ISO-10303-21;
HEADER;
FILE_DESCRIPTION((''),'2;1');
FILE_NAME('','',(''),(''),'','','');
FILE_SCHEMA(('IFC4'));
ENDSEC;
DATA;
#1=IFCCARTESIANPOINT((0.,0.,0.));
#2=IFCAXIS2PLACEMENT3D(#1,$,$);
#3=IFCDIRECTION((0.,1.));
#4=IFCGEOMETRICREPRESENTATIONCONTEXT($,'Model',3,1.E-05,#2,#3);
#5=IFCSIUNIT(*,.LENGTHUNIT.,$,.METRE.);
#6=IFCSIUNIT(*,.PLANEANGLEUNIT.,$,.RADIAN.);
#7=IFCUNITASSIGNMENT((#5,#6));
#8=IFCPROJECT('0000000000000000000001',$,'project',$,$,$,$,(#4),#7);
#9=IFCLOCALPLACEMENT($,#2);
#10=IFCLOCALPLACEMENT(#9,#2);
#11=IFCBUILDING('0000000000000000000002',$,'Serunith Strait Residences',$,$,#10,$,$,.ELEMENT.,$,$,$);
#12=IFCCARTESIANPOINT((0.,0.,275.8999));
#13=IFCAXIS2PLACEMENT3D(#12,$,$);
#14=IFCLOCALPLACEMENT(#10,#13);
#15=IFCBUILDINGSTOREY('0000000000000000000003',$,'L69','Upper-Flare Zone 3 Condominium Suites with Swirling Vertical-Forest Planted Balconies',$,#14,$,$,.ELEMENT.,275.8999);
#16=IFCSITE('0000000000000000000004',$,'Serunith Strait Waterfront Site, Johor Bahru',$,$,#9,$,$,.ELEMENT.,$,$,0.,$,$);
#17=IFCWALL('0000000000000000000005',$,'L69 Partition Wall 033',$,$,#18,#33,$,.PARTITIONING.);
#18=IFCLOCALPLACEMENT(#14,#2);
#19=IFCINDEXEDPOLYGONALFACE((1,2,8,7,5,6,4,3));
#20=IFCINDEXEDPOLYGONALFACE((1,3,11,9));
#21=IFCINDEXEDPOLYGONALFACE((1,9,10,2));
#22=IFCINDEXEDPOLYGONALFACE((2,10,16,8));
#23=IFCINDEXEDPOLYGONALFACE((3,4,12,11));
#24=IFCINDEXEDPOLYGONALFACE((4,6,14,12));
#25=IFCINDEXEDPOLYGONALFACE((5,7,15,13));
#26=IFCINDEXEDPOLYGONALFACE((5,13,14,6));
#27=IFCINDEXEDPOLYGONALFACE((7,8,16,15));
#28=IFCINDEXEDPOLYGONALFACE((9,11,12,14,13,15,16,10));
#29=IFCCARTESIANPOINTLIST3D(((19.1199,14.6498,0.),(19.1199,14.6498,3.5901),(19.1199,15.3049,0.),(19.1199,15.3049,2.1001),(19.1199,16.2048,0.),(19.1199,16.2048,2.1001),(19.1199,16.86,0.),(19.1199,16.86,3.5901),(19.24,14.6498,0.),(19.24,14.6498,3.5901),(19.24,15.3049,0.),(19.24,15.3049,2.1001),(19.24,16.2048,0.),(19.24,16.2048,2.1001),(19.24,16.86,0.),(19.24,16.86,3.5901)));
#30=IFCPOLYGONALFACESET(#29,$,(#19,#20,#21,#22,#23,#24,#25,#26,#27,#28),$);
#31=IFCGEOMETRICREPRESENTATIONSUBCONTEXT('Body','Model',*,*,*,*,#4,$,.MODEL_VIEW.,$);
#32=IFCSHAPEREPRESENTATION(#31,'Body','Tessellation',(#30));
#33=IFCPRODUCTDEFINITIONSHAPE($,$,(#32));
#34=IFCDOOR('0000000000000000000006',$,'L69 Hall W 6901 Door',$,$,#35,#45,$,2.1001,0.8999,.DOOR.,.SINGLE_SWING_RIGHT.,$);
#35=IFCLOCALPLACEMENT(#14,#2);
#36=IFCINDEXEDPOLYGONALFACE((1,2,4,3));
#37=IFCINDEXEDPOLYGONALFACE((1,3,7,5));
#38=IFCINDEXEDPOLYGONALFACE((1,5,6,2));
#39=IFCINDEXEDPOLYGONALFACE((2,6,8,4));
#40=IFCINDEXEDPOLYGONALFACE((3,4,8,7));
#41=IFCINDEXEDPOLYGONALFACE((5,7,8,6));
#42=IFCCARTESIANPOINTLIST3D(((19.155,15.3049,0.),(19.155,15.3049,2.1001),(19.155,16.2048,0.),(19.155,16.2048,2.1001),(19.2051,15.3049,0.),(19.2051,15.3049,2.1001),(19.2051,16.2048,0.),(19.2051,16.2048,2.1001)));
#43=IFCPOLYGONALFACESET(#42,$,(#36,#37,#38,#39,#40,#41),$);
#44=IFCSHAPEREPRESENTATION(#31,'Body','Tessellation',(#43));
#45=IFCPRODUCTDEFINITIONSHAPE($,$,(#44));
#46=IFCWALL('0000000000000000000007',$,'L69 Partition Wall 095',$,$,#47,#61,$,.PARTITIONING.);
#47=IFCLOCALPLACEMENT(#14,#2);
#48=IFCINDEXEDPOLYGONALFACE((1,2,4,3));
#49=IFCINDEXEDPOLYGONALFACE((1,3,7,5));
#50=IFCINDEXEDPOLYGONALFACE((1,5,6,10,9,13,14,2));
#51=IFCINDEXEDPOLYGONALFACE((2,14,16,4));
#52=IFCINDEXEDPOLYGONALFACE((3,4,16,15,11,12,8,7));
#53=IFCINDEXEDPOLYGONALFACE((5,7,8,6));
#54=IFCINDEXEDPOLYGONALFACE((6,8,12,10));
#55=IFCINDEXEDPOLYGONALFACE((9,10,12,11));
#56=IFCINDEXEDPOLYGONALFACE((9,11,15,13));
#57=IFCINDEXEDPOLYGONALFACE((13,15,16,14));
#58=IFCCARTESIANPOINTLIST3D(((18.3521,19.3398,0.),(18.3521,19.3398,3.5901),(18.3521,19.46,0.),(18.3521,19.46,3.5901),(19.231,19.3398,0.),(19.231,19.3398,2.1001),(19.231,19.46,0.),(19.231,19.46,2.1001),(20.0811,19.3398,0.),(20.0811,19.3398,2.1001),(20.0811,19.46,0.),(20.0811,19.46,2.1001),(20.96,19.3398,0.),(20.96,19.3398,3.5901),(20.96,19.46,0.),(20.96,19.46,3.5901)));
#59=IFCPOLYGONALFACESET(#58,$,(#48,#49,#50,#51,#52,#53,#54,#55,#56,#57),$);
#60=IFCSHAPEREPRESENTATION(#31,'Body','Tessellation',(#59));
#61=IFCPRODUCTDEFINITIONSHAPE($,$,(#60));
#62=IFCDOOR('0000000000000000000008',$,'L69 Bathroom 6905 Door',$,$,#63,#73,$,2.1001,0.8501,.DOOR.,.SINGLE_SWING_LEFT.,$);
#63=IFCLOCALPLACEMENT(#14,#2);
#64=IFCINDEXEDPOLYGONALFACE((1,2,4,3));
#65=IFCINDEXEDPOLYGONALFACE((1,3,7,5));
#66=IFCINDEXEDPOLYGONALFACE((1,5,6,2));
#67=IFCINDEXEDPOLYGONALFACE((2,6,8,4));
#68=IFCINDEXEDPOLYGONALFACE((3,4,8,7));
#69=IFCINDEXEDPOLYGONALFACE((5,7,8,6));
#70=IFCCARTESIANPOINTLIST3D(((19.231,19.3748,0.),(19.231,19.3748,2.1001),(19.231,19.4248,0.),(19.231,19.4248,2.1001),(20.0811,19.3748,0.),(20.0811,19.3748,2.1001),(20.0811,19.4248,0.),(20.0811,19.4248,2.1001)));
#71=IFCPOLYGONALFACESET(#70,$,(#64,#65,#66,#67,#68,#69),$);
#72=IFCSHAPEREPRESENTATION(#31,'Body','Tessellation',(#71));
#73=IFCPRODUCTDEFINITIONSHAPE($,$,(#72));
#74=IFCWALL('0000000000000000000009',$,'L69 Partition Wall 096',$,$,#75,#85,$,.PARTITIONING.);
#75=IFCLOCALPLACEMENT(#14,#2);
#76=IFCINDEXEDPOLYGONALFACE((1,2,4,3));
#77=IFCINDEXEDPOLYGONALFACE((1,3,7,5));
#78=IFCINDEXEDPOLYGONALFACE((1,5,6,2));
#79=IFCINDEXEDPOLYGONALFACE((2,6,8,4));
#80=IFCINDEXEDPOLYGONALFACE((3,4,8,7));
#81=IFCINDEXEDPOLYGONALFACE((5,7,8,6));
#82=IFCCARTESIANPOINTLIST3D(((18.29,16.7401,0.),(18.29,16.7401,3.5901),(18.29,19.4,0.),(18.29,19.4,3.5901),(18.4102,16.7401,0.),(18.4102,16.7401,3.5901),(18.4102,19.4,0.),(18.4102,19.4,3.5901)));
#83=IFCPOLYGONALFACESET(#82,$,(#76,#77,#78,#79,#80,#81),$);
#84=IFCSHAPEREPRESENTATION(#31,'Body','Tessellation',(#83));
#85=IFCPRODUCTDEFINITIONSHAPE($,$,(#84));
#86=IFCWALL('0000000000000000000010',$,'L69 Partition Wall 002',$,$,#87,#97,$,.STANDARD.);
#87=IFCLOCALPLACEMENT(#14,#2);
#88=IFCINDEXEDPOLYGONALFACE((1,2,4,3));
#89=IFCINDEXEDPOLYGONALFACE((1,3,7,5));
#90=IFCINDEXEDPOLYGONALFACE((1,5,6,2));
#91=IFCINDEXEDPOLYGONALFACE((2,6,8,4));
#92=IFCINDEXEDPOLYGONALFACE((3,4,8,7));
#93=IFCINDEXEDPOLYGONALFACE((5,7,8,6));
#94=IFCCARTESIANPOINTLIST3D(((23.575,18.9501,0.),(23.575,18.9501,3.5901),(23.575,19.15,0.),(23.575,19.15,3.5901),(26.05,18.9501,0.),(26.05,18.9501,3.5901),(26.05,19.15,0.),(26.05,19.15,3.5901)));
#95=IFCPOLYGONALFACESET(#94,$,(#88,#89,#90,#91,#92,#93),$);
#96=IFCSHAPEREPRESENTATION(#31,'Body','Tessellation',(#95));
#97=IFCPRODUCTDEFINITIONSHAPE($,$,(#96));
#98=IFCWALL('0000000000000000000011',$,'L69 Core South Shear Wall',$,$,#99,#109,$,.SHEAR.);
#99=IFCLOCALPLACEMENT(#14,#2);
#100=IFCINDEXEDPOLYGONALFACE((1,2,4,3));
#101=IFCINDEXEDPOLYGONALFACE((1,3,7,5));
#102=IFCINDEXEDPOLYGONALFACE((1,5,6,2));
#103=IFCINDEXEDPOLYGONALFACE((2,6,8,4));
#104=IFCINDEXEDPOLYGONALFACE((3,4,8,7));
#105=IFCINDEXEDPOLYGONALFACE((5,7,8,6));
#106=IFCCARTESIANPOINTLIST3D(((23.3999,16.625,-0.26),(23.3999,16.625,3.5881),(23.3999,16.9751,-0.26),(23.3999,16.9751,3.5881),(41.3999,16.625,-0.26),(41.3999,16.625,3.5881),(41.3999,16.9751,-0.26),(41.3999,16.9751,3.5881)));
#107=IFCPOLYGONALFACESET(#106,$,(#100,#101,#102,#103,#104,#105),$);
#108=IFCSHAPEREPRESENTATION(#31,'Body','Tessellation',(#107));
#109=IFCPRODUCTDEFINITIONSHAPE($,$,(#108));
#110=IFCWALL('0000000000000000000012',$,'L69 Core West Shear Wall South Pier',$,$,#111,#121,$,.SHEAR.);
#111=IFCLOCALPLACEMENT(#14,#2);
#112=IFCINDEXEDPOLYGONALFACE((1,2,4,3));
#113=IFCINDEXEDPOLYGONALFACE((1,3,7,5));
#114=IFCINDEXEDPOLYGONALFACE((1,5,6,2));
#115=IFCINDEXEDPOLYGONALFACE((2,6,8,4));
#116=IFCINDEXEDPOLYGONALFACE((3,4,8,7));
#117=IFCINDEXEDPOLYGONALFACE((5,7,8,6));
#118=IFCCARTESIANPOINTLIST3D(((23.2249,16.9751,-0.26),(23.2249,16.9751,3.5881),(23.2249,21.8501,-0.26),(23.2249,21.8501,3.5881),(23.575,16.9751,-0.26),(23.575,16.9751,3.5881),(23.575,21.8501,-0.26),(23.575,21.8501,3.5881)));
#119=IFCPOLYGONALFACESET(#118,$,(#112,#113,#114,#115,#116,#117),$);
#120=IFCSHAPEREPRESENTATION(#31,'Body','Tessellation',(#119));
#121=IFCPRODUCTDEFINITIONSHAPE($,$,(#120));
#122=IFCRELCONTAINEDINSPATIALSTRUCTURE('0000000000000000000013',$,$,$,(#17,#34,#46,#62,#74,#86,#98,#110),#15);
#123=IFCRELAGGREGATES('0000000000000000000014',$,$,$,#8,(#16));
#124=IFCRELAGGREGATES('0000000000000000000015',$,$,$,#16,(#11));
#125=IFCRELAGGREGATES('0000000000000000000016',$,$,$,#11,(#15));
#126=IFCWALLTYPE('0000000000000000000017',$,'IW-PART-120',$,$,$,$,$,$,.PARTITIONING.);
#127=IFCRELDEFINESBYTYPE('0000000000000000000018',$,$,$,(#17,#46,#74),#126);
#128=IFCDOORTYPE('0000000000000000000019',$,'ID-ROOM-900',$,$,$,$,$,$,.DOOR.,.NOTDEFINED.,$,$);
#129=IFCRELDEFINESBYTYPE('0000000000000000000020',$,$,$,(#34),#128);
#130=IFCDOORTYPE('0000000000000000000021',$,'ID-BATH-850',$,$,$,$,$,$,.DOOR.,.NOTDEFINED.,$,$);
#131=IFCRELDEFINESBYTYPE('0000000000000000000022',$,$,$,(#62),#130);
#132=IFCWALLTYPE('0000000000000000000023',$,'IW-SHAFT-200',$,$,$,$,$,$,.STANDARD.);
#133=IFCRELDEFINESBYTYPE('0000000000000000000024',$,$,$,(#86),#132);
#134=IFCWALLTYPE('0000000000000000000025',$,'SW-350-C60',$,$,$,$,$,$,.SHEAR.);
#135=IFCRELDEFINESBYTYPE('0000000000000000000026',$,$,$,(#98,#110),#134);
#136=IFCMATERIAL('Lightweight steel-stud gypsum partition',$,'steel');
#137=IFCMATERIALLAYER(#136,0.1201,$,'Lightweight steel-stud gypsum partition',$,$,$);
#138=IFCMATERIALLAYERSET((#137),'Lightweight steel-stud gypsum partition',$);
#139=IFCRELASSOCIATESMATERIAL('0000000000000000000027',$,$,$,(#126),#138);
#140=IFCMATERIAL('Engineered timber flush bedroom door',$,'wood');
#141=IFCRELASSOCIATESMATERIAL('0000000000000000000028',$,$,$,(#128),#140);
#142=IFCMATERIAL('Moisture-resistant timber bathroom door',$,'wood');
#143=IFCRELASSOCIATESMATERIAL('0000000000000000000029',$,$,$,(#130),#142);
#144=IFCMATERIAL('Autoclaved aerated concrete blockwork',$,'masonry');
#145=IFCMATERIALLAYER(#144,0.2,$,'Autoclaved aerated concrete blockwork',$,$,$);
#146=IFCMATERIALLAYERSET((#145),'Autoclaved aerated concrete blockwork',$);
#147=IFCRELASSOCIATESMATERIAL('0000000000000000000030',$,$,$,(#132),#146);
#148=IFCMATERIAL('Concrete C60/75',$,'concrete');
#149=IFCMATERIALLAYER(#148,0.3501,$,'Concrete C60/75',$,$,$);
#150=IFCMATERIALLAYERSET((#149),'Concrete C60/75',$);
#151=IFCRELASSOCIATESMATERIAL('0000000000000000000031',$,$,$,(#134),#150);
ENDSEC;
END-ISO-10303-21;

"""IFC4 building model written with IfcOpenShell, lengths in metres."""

from ifc_helpers import new_model, si_unit, direction, frame, frame_2d, origin, place, context, subcontext, project, spatial, rectangle, extrude, source, transform, mapped, material, layer, layer_set, type_object, element, fill, save


model = new_model("IFC4")

# Units and contexts
model_context = context("Model", 3, precision=1e-05, world=origin(), true_north=direction((0.0, 1.0)))
body_context = subcontext(model_context, "Body", "Model", "MODEL_VIEW")
ifc_project = project(units=[si_unit("LENGTHUNIT", "METRE"), si_unit("PLANEANGLEUNIT", "RADIAN")], contexts=[model_context])

# Site, building, storey
site_placement = place(None, origin())
site = spatial("IfcSite", under=ifc_project, at=site_placement, Name="Serunith Strait Waterfront Site, Johor Bahru", CompositionType="ELEMENT", RefElevation=0.0)
building_placement = place(site_placement, origin())
building = spatial("IfcBuilding", under=site, at=building_placement, Name="Serunith Strait Residences", CompositionType="ELEMENT")
storey_placement = place(building_placement, frame((0.0, 0.0, 275.8999)))
storey = spatial("IfcBuildingStorey", under=building, at=storey_placement, Name="L69", Description="Upper-Flare Zone 3 Condominium Suites with Swirling Vertical-Forest Planted Balconies", CompositionType="ELEMENT", Elevation=275.8999)

# Walls, openings, doors
ifc_material_1 = material(Name="Lightweight steel-stud gypsum partition", Category="steel")
ifc_layer_1 = layer(ifc_material_1, 0.1201, Name="Lightweight steel-stud gypsum partition")
ifc_layer_set_1 = layer_set([ifc_layer_1], Name="Lightweight steel-stud gypsum partition")
wall_type_1 = type_object("IfcWallType", Name="IW-PART-120", PredefinedType="PARTITIONING", material=ifc_layer_set_1)
wall_1_placement = place(storey_placement, frame((19.1799, 14.6499, 0.0), z_axis=(0.0, 0.0, 1.0), x_axis=(0.0, 1.0, 0.0)))
wall_1 = element("IfcWall", 1, at=wall_1_placement, inside=storey, type_object=wall_type_1, Name="L69 Partition Wall 033", PredefinedType="PARTITIONING", context=body_context, shape_type="SweptSolid", body=[
    extrude(rectangle(XDim=2.2102, YDim=0.1201, at=frame_2d((1.105, 0.0))), origin(), (0.0, 0.0, 1.0), 3.5901),
])
opening_1_placement = place(wall_1_placement, frame((0.655, 0.0, 0.0)))
opening_1 = element("IfcOpeningElement", 2, at=opening_1_placement, cuts=wall_1, PredefinedType="OPENING", context=body_context, shape_type="SweptSolid", body=[
    extrude(rectangle(XDim=0.8999, YDim=2.1001, at=frame_2d((0.45, 1.05))), frame((0.0, 0.0701, 0.0), z_axis=(0.0, -1.0, 0.0), x_axis=(1.0, 0.0, 0.0)), (0.0, 0.0, 1.0), 0.1401),
])
ifc_material_2 = material(Name="Engineered timber flush bedroom door", Category="wood")
door_type_1 = type_object("IfcDoorType", Name="ID-ROOM-900", OperationType="NOTDEFINED", PredefinedType="DOOR", material=ifc_material_2)
shared_shape_1 = source(origin(), body_context, "Body", "SweptSolid", [
    extrude(rectangle(XDim=0.8999, YDim=2.1001, at=frame_2d((0.45, 1.05))), frame((0.0, 0.0249, 0.0), z_axis=(0.0, -1.0, 0.0), x_axis=(1.0, 0.0, 0.0)), (0.0, 0.0, 1.0), 0.05),
])
door_1_placement = place(opening_1_placement, origin())
door_1 = element("IfcDoor", 3, at=door_1_placement, inside=storey, type_object=door_type_1, Name="L69 Hall W 6901 Door", OperationType="SINGLE_SWING_RIGHT", OverallHeight=2.1001, OverallWidth=0.8999, PredefinedType="DOOR", context=body_context, shape_type="MappedRepresentation", body=[
    mapped(shared_shape_1, transform((0.0, 0.0, 0.0), scale=1.0)),
])
fill(opening_1, door_1)
wall_2_placement = place(storey_placement, frame((18.3521, 19.3999, 0.0), z_axis=(0.0, 0.0, 1.0), x_axis=(1.0, 0.0, 0.0)))
wall_2 = element("IfcWall", 4, at=wall_2_placement, inside=storey, type_object=wall_type_1, Name="L69 Partition Wall 095", PredefinedType="PARTITIONING", context=body_context, shape_type="SweptSolid", body=[
    extrude(rectangle(XDim=2.6079, YDim=0.1201, at=frame_2d((1.304, 0.0))), origin(), (0.0, 0.0, 1.0), 3.5901),
])
opening_2_placement = place(wall_2_placement, frame((0.8789, 0.0, 0.0)))
opening_2 = element("IfcOpeningElement", 5, at=opening_2_placement, cuts=wall_2, PredefinedType="OPENING", context=body_context, shape_type="SweptSolid", body=[
    extrude(rectangle(XDim=0.8501, YDim=2.1001, at=frame_2d((0.425, 1.05))), frame((0.0, 0.0701, 0.0), z_axis=(0.0, -1.0, 0.0), x_axis=(1.0, 0.0, 0.0)), (0.0, 0.0, 1.0), 0.1401),
])
ifc_material_3 = material(Name="Moisture-resistant timber bathroom door", Category="wood")
door_type_2 = type_object("IfcDoorType", Name="ID-BATH-850", OperationType="NOTDEFINED", PredefinedType="DOOR", material=ifc_material_3)
shared_shape_2 = source(origin(), body_context, "Body", "SweptSolid", [
    extrude(rectangle(XDim=0.8501, YDim=2.1001, at=frame_2d((0.425, 1.05))), frame((0.0, 0.0249, 0.0), z_axis=(0.0, -1.0, 0.0), x_axis=(1.0, 0.0, 0.0)), (0.0, 0.0, 1.0), 0.05),
])
door_2_placement = place(opening_2_placement, origin())
door_2 = element("IfcDoor", 6, at=door_2_placement, inside=storey, type_object=door_type_2, Name="L69 Bathroom 6905 Door", OperationType="SINGLE_SWING_LEFT", OverallHeight=2.1001, OverallWidth=0.8501, PredefinedType="DOOR", context=body_context, shape_type="MappedRepresentation", body=[
    mapped(shared_shape_2, transform((0.0, 0.0, 0.0), scale=1.0)),
])
fill(opening_2, door_2)

# Walls
wall_3_placement = place(storey_placement, frame((18.3501, 16.74, 0.0), z_axis=(0.0, 0.0, 1.0), x_axis=(0.0, 1.0, 0.0)))
element("IfcWall", 7, at=wall_3_placement, inside=storey, type_object=wall_type_1, Name="L69 Partition Wall 096", PredefinedType="PARTITIONING", context=body_context, shape_type="SweptSolid", body=[
    extrude(rectangle(XDim=2.6599, YDim=0.1201, at=frame_2d((1.3301, 0.0))), origin(), (0.0, 0.0, 1.0), 3.5901),
])
ifc_material_4 = material(Name="Autoclaved aerated concrete blockwork", Category="masonry")
ifc_layer_2 = layer(ifc_material_4, 0.2, Name="Autoclaved aerated concrete blockwork")
ifc_layer_set_2 = layer_set([ifc_layer_2], Name="Autoclaved aerated concrete blockwork")
wall_type_2 = type_object("IfcWallType", Name="IW-SHAFT-200", PredefinedType="STANDARD", material=ifc_layer_set_2)
wall_4_placement = place(storey_placement, frame((23.575, 19.05, 0.0), z_axis=(0.0, 0.0, 1.0), x_axis=(1.0, 0.0, 0.0)))
element("IfcWall", 8, at=wall_4_placement, inside=storey, type_object=wall_type_2, Name="L69 Partition Wall 002", PredefinedType="STANDARD", context=body_context, shape_type="SweptSolid", body=[
    extrude(rectangle(XDim=2.4751, YDim=0.2, at=frame_2d((1.2375, 0.0))), origin(), (0.0, 0.0, 1.0), 3.5901),
])

# Walls
ifc_material_5 = material(Name="Concrete C60/75", Category="concrete")
ifc_layer_3 = layer(ifc_material_5, 0.3501, Name="Concrete C60/75")
ifc_layer_set_3 = layer_set([ifc_layer_3], Name="Concrete C60/75")
wall_type_3 = type_object("IfcWallType", Name="SW-350-C60", PredefinedType="SHEAR", material=ifc_layer_set_3)
wall_5_placement = place(storey_placement, frame((23.3999, 16.8, -0.26), z_axis=(0.0, 0.0, 1.0), x_axis=(1.0, 0.0, 0.0)))
element("IfcWall", 9, at=wall_5_placement, inside=storey, type_object=wall_type_3, Name="L69 Core South Shear Wall", PredefinedType="SHEAR", context=body_context, shape_type="SweptSolid", body=[
    extrude(rectangle(XDim=18.0, YDim=0.3501, at=frame_2d((9.0, 0.0))), origin(), (0.0, 0.0, 1.0), 3.8481),
])
wall_6_placement = place(storey_placement, frame((23.3999, 16.9751, -0.26), z_axis=(0.0, 0.0, 1.0), x_axis=(0.0, 1.0, 0.0)))
element("IfcWall", 10, at=wall_6_placement, inside=storey, type_object=wall_type_3, Name="L69 Core West Shear Wall South Pier", PredefinedType="SHEAR", context=body_context, shape_type="SweptSolid", body=[
    extrude(rectangle(XDim=4.875, YDim=0.3501, at=frame_2d((2.4375, 0.0))), origin(), (0.0, 0.0, 1.0), 3.8481),
])

save(model, "model.ifc")
